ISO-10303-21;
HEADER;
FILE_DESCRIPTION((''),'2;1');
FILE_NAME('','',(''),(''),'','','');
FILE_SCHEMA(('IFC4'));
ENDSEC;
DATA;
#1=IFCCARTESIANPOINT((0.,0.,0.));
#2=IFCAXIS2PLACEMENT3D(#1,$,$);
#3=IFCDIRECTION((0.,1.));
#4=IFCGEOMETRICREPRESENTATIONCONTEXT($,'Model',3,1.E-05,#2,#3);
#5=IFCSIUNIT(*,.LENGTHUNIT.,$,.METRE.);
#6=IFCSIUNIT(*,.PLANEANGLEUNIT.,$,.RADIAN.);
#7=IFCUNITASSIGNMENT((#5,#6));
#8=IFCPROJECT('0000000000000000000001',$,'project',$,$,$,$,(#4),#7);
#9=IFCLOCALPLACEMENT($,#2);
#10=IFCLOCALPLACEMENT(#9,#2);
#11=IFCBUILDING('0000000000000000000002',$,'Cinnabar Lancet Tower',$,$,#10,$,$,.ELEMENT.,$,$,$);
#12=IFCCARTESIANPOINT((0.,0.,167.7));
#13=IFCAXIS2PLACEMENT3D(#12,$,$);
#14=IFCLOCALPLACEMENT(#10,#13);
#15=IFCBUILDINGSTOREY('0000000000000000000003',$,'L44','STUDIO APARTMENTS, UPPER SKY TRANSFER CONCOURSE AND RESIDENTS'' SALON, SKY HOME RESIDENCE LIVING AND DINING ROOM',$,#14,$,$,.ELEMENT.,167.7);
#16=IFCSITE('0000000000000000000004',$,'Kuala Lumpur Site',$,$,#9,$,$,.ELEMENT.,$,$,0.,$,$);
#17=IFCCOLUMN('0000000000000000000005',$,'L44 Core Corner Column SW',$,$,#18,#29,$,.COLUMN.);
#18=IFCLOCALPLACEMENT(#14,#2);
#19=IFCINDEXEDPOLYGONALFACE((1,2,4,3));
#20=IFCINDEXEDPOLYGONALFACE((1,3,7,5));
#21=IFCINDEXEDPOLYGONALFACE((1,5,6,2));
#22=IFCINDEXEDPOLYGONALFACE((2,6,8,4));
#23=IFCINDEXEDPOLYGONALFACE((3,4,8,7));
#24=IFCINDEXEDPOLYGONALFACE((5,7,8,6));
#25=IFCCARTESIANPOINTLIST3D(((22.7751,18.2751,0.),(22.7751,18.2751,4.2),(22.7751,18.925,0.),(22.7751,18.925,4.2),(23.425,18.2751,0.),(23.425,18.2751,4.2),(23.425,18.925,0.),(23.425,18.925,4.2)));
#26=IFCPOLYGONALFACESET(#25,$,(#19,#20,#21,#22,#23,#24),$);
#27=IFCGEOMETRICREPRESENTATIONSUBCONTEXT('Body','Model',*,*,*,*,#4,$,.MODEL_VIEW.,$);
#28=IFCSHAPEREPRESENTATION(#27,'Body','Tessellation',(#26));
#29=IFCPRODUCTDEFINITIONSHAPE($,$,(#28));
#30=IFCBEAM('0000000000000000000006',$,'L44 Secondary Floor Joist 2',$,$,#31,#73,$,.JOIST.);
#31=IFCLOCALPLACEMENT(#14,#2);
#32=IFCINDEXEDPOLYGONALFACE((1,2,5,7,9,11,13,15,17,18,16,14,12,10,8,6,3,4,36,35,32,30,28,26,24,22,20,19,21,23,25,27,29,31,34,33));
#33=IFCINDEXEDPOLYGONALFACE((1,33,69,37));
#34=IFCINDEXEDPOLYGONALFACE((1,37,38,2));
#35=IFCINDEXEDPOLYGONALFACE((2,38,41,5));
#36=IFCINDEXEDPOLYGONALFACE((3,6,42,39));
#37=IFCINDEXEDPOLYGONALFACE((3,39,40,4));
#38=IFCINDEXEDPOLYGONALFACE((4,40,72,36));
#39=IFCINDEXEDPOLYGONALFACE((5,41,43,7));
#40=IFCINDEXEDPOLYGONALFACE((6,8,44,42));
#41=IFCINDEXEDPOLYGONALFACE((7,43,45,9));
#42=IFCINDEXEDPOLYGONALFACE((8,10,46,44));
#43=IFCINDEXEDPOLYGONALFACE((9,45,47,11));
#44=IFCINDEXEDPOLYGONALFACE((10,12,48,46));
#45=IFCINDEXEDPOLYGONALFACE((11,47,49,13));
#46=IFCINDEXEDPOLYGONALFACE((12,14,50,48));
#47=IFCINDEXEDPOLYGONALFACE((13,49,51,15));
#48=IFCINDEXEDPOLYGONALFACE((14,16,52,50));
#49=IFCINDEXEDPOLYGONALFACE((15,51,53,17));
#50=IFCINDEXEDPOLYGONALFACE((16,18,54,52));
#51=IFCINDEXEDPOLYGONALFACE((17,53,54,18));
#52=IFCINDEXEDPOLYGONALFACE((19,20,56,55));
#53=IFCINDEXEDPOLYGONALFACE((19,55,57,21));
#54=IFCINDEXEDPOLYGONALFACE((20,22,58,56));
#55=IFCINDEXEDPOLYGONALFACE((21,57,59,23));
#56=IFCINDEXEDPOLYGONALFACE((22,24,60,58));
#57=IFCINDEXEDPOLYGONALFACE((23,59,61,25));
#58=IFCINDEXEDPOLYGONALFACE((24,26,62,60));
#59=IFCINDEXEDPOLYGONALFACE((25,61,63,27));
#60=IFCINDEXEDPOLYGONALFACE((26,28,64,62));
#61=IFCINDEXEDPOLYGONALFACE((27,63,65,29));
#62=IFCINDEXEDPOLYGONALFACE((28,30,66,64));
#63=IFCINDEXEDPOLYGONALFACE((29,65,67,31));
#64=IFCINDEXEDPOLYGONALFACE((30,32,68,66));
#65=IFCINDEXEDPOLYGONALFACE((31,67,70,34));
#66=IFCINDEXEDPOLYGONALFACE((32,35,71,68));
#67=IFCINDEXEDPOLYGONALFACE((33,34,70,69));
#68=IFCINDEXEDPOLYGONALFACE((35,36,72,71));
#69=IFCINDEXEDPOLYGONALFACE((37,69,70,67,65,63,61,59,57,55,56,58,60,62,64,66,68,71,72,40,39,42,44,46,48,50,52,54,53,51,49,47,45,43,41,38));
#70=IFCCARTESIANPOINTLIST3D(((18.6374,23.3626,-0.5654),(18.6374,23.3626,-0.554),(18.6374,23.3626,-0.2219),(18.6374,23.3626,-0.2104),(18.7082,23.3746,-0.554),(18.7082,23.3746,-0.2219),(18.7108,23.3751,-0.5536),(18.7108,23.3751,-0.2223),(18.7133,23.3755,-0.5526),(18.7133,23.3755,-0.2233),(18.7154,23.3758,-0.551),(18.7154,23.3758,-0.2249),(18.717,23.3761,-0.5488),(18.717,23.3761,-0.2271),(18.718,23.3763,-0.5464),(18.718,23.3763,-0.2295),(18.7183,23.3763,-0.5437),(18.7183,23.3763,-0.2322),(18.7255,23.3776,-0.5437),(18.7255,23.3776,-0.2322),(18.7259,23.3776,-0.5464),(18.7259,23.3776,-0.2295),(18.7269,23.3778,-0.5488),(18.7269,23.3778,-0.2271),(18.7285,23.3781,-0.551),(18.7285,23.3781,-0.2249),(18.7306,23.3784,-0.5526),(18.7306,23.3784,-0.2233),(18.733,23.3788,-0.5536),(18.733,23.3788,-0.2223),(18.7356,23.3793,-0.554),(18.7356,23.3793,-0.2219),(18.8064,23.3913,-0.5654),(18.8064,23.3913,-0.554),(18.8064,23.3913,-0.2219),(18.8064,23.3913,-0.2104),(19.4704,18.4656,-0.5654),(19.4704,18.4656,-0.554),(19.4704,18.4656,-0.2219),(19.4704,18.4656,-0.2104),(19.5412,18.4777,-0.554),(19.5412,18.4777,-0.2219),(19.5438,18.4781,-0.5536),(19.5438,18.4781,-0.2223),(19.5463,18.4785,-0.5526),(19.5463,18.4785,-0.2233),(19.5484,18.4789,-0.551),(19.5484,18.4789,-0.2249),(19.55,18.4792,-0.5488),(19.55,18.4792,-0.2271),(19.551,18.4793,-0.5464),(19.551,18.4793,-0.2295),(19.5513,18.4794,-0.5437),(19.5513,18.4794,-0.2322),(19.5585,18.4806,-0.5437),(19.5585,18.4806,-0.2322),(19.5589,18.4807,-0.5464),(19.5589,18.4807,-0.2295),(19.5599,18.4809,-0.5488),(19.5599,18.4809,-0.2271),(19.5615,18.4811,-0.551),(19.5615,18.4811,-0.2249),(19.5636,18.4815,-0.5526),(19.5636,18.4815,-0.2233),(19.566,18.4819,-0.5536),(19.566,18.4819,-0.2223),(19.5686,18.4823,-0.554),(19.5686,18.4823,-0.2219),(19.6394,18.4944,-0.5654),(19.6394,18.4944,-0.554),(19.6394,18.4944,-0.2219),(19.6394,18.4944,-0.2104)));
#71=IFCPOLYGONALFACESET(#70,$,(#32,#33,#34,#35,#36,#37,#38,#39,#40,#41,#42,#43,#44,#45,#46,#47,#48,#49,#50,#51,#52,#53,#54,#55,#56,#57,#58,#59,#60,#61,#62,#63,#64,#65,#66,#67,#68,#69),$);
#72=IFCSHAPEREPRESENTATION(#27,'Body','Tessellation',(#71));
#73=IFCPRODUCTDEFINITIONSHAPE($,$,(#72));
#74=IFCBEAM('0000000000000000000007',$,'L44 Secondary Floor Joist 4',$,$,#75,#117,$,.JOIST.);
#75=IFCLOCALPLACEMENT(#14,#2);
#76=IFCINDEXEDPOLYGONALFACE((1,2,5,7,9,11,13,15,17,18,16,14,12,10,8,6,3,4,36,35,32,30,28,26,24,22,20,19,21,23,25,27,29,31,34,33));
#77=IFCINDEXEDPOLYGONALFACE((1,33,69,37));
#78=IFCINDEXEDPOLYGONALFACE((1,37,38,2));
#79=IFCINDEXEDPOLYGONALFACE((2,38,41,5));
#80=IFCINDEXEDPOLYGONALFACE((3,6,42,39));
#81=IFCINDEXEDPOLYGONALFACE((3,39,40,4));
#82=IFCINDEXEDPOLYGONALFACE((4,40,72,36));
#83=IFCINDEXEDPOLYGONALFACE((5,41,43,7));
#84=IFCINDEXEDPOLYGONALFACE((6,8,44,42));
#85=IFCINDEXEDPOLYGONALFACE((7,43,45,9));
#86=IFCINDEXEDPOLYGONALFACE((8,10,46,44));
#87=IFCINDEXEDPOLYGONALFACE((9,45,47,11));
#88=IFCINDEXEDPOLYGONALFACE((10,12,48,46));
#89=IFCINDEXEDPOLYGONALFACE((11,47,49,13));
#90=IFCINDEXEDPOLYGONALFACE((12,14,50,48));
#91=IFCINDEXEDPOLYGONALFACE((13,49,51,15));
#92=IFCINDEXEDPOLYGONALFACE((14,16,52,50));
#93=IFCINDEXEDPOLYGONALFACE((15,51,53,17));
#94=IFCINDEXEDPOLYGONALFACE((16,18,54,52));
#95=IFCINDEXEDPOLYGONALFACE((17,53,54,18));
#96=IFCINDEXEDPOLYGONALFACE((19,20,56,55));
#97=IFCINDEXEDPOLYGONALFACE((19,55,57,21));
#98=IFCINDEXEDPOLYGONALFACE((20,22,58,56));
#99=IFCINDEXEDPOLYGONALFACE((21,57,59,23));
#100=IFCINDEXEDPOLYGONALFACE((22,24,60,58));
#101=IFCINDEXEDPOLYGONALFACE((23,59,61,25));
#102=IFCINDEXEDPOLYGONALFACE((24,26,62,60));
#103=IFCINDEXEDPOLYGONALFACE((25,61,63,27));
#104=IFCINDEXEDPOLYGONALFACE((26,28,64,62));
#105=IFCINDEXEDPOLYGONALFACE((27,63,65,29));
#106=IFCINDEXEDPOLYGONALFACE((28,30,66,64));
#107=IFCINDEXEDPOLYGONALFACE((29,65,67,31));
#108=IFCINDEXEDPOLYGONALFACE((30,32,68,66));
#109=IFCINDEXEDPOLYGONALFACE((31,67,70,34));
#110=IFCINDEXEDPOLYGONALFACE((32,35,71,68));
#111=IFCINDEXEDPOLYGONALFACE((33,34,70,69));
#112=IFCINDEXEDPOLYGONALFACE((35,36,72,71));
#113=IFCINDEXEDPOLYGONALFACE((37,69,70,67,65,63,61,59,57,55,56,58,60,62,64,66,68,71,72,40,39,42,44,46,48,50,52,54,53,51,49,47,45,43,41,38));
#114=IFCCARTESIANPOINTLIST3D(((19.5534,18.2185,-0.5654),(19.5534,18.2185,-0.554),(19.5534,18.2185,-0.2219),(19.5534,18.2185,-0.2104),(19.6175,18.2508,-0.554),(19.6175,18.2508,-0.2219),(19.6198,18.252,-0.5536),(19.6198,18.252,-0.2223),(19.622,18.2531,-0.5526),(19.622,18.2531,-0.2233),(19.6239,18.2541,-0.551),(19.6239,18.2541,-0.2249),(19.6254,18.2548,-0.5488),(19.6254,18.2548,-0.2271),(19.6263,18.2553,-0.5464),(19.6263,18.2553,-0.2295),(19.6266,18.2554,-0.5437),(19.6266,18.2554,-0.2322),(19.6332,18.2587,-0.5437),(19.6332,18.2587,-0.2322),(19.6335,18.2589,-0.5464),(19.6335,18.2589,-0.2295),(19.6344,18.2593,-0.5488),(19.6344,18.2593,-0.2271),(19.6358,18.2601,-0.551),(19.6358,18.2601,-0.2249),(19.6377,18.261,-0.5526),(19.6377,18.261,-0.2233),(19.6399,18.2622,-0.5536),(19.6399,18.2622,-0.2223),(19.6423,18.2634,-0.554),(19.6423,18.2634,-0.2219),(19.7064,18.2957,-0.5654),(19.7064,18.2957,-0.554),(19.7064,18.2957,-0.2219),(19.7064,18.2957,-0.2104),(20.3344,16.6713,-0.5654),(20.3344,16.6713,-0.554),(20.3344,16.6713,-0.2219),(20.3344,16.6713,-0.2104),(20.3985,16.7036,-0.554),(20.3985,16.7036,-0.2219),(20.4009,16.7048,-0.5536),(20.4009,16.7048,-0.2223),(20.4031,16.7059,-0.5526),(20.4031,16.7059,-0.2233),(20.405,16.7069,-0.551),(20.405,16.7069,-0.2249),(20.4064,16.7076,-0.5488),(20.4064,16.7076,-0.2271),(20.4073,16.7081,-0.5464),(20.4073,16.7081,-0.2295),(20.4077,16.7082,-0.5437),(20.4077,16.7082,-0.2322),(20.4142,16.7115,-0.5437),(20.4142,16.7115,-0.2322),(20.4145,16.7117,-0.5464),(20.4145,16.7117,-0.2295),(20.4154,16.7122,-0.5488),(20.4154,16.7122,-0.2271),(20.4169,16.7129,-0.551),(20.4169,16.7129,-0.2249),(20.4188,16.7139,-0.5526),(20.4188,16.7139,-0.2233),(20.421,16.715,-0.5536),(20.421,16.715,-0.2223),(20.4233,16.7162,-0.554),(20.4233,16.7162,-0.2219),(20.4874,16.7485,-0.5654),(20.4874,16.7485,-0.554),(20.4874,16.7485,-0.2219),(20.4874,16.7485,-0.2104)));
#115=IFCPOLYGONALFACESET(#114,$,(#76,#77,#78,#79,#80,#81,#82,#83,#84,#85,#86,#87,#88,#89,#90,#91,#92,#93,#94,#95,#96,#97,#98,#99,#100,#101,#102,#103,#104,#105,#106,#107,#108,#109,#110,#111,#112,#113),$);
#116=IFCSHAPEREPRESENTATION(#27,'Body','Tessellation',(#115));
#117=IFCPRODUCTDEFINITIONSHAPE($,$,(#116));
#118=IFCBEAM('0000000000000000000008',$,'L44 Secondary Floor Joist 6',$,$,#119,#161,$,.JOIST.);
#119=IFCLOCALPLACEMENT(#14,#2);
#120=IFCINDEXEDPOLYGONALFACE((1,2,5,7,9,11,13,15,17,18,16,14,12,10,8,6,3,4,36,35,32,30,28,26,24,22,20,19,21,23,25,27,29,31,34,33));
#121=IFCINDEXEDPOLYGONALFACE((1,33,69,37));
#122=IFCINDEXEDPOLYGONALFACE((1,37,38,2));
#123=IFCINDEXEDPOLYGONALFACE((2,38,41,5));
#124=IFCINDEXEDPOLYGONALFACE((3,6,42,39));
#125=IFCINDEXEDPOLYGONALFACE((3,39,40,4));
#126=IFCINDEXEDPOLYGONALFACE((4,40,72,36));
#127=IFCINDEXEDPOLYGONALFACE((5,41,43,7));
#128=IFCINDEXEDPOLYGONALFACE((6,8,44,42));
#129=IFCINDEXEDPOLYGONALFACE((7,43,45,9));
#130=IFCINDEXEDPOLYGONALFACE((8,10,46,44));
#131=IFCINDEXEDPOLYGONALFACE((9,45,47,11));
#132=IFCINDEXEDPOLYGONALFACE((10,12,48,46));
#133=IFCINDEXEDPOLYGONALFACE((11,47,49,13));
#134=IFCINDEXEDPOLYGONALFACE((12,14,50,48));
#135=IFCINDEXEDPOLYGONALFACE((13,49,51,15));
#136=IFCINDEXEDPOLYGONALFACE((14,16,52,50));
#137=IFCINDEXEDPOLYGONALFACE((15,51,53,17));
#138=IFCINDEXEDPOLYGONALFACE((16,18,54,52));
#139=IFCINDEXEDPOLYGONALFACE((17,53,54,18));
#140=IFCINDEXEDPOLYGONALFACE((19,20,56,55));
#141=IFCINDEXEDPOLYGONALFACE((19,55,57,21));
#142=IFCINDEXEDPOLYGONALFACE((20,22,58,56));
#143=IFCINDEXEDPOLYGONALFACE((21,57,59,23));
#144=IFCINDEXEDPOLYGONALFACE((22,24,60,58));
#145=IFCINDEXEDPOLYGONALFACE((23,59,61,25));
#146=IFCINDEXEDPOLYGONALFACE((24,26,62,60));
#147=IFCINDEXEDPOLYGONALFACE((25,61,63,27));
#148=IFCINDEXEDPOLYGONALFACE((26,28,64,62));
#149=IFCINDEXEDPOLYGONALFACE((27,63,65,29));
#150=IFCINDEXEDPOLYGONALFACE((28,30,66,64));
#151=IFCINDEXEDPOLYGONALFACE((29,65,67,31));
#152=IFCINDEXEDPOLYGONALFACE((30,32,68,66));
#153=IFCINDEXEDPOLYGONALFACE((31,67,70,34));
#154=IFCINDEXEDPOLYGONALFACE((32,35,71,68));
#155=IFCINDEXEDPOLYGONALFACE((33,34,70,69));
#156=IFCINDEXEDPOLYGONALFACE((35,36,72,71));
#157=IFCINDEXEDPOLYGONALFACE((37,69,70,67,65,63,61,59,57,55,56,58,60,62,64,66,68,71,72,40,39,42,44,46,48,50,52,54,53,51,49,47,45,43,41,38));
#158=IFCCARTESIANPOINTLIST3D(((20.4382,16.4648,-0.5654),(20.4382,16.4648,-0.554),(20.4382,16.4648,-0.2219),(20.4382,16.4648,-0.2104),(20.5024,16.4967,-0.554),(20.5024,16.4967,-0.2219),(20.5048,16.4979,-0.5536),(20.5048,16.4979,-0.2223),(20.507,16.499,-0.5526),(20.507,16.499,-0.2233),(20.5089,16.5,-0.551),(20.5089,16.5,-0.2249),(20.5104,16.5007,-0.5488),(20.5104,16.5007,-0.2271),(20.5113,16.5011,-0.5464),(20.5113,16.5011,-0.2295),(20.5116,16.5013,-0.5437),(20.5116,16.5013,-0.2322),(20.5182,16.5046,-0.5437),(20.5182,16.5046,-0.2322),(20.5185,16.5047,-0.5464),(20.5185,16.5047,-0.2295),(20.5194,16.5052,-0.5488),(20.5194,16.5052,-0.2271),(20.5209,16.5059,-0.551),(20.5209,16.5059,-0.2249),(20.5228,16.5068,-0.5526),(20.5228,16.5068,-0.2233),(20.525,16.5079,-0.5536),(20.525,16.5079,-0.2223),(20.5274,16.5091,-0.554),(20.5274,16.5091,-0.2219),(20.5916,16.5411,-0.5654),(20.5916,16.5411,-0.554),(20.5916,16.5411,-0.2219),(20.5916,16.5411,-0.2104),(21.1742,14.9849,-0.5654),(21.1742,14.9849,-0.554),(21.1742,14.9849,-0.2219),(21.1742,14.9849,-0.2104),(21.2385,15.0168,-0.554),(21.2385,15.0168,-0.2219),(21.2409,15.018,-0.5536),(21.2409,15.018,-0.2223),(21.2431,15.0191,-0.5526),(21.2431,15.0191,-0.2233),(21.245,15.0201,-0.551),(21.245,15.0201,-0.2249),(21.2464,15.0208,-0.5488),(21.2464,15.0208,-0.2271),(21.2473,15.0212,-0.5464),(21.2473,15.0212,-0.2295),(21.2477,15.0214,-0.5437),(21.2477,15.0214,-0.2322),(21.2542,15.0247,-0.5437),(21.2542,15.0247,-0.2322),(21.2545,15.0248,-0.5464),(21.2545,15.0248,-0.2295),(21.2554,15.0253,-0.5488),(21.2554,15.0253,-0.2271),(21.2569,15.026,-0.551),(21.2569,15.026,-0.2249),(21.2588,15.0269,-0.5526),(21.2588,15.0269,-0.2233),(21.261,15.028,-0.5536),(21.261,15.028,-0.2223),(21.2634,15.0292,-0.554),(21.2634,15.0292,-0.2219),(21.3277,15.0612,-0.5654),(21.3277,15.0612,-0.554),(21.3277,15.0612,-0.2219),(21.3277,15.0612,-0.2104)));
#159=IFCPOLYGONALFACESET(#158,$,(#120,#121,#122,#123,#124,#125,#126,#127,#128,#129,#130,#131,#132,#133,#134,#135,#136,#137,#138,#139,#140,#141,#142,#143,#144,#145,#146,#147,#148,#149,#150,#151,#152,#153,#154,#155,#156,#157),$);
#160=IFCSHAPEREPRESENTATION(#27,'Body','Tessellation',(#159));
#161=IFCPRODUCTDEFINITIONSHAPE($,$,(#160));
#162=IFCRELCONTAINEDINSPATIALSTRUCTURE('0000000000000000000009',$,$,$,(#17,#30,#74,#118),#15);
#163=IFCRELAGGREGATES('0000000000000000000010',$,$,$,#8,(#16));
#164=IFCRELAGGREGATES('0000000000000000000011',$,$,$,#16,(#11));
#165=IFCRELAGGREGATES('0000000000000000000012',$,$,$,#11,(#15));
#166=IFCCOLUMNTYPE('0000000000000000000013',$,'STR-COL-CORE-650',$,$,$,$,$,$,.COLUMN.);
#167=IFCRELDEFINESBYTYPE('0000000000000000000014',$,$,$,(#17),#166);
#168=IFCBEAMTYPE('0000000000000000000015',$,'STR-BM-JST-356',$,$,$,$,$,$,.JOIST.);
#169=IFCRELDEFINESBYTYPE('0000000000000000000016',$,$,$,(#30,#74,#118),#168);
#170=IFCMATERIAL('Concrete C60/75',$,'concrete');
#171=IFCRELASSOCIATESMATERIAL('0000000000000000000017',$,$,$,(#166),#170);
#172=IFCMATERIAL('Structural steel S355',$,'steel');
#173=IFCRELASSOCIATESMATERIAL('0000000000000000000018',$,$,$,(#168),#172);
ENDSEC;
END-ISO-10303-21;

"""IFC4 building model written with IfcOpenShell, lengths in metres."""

from ifc_helpers import new_model, si_unit, direction, frame, origin, origin_2d, place, context, subcontext, project, spatial, rectangle, i_section, extrude, material, material_profile, profile_set, type_object, element, save


model = new_model("IFC4")

# Units and contexts
model_context = context("Model", 3, precision=1e-05, world=origin(), true_north=direction((0.0, 1.0)))
body_context = subcontext(model_context, "Body", "Model", "MODEL_VIEW")
ifc_project = project(units=[si_unit("LENGTHUNIT", "METRE"), si_unit("PLANEANGLEUNIT", "RADIAN")], contexts=[model_context])

# Site, building, storey
site_placement = place(None, origin())
site = spatial("IfcSite", under=ifc_project, at=site_placement, Name="Kuala Lumpur Site", CompositionType="ELEMENT", RefElevation=0.0)
building_placement = place(site_placement, origin())
building = spatial("IfcBuilding", under=site, at=building_placement, Name="Cinnabar Lancet Tower", CompositionType="ELEMENT")
storey_placement = place(building_placement, frame((0.0, 0.0, 167.7)))
storey = spatial("IfcBuildingStorey", under=building, at=storey_placement, Name="L44", Description="STUDIO APARTMENTS, UPPER SKY TRANSFER CONCOURSE AND RESIDENTS' SALON, SKY HOME RESIDENCE LIVING AND DINING ROOM", CompositionType="ELEMENT", Elevation=167.7)

# Column
ifc_material_1 = material(Name="Concrete C60/75", Category="concrete")
ifc_material_profile_1 = material_profile(ifc_material_1, rectangle(XDim=0.6499, YDim=0.6499, at=origin_2d()), Name="RC-COL 650x650")
ifc_profile_set_1 = profile_set([ifc_material_profile_1], Name="Concrete C60/75")
column_type = type_object("IfcColumnType", Name="STR-COL-CORE-650", PredefinedType="COLUMN", material=ifc_profile_set_1)
column_placement = place(storey_placement, frame((23.1001, 18.6001, 0.0), z_axis=(0.0, 0.0, 1.0), x_axis=(1.0, 0.0, 0.0)))
element("IfcColumn", 1, at=column_placement, inside=storey, type_object=column_type, Name="L44 Core Corner Column SW", PredefinedType="COLUMN", context=body_context, shape_type="SweptSolid", body=[
    extrude(rectangle(XDim=0.6499, YDim=0.6499, at=origin_2d()), origin(), (0.0, 0.0, 1.0), 4.2),
])

# Beams
ifc_material_2 = material(Name="Structural steel S355", Category="steel")
ifc_material_profile_2 = material_profile(ifc_material_2, i_section(OverallWidth=0.1714, OverallDepth=0.355, WebThickness=0.0073, FlangeThickness=0.0115, FilletRadius=0.0103, at=origin_2d()), Name="UKB 356x171x51")
ifc_profile_set_2 = profile_set([ifc_material_profile_2], Name="Structural steel S355")
beam_type_1 = type_object("IfcBeamType", Name="STR-BM-JST-356", PredefinedType="JOIST", material=ifc_profile_set_2)
beam_1_placement = place(storey_placement, frame((18.7219, 23.377, -0.3879), z_axis=(0.167698, -0.985838, 0.0), x_axis=(0.985838, 0.167698, 0.0)))
element("IfcBeam", 2, at=beam_1_placement, inside=storey, type_object=beam_type_1, Name="L44 Secondary Floor Joist 2", PredefinedType="JOIST", context=body_context, shape_type="SweptSolid", body=[
    extrude(i_section(OverallWidth=0.1714, OverallDepth=0.355, WebThickness=0.0073, FlangeThickness=0.0115, FilletRadius=0.0103, at=origin_2d()), origin(), (0.0, 0.0, 1.0), 4.9673),
])
beam_2_placement = place(storey_placement, frame((19.6299, 18.2571, -0.3879), z_axis=(0.450648, -0.892702, 0.0), x_axis=(0.892702, 0.450648, 0.0)))
element("IfcBeam", 3, at=beam_2_placement, inside=storey, type_object=beam_type_1, Name="L44 Secondary Floor Joist 4", PredefinedType="JOIST", context=body_context, shape_type="SweptSolid", body=[
    extrude(i_section(OverallWidth=0.1714, OverallDepth=0.355, WebThickness=0.0073, FlangeThickness=0.0115, FilletRadius=0.0103, at=origin_2d()), origin(), (0.0, 0.0, 1.0), 1.7332),
])
beam_3_placement = place(storey_placement, frame((20.5149, 16.5029, -0.3879), z_axis=(0.445322, -0.89537, 0.0), x_axis=(0.89537, 0.445322, 0.0)))
element("IfcBeam", 4, at=beam_3_placement, inside=storey, type_object=beam_type_1, Name="L44 Secondary Floor Joist 6", PredefinedType="JOIST", context=body_context, shape_type="SweptSolid", body=[
    extrude(i_section(OverallWidth=0.1714, OverallDepth=0.355, WebThickness=0.0073, FlangeThickness=0.0115, FilletRadius=0.0103, at=origin_2d()), origin(), (0.0, 0.0, 1.0), 1.6528),
])

save(model, "model.ifc")
